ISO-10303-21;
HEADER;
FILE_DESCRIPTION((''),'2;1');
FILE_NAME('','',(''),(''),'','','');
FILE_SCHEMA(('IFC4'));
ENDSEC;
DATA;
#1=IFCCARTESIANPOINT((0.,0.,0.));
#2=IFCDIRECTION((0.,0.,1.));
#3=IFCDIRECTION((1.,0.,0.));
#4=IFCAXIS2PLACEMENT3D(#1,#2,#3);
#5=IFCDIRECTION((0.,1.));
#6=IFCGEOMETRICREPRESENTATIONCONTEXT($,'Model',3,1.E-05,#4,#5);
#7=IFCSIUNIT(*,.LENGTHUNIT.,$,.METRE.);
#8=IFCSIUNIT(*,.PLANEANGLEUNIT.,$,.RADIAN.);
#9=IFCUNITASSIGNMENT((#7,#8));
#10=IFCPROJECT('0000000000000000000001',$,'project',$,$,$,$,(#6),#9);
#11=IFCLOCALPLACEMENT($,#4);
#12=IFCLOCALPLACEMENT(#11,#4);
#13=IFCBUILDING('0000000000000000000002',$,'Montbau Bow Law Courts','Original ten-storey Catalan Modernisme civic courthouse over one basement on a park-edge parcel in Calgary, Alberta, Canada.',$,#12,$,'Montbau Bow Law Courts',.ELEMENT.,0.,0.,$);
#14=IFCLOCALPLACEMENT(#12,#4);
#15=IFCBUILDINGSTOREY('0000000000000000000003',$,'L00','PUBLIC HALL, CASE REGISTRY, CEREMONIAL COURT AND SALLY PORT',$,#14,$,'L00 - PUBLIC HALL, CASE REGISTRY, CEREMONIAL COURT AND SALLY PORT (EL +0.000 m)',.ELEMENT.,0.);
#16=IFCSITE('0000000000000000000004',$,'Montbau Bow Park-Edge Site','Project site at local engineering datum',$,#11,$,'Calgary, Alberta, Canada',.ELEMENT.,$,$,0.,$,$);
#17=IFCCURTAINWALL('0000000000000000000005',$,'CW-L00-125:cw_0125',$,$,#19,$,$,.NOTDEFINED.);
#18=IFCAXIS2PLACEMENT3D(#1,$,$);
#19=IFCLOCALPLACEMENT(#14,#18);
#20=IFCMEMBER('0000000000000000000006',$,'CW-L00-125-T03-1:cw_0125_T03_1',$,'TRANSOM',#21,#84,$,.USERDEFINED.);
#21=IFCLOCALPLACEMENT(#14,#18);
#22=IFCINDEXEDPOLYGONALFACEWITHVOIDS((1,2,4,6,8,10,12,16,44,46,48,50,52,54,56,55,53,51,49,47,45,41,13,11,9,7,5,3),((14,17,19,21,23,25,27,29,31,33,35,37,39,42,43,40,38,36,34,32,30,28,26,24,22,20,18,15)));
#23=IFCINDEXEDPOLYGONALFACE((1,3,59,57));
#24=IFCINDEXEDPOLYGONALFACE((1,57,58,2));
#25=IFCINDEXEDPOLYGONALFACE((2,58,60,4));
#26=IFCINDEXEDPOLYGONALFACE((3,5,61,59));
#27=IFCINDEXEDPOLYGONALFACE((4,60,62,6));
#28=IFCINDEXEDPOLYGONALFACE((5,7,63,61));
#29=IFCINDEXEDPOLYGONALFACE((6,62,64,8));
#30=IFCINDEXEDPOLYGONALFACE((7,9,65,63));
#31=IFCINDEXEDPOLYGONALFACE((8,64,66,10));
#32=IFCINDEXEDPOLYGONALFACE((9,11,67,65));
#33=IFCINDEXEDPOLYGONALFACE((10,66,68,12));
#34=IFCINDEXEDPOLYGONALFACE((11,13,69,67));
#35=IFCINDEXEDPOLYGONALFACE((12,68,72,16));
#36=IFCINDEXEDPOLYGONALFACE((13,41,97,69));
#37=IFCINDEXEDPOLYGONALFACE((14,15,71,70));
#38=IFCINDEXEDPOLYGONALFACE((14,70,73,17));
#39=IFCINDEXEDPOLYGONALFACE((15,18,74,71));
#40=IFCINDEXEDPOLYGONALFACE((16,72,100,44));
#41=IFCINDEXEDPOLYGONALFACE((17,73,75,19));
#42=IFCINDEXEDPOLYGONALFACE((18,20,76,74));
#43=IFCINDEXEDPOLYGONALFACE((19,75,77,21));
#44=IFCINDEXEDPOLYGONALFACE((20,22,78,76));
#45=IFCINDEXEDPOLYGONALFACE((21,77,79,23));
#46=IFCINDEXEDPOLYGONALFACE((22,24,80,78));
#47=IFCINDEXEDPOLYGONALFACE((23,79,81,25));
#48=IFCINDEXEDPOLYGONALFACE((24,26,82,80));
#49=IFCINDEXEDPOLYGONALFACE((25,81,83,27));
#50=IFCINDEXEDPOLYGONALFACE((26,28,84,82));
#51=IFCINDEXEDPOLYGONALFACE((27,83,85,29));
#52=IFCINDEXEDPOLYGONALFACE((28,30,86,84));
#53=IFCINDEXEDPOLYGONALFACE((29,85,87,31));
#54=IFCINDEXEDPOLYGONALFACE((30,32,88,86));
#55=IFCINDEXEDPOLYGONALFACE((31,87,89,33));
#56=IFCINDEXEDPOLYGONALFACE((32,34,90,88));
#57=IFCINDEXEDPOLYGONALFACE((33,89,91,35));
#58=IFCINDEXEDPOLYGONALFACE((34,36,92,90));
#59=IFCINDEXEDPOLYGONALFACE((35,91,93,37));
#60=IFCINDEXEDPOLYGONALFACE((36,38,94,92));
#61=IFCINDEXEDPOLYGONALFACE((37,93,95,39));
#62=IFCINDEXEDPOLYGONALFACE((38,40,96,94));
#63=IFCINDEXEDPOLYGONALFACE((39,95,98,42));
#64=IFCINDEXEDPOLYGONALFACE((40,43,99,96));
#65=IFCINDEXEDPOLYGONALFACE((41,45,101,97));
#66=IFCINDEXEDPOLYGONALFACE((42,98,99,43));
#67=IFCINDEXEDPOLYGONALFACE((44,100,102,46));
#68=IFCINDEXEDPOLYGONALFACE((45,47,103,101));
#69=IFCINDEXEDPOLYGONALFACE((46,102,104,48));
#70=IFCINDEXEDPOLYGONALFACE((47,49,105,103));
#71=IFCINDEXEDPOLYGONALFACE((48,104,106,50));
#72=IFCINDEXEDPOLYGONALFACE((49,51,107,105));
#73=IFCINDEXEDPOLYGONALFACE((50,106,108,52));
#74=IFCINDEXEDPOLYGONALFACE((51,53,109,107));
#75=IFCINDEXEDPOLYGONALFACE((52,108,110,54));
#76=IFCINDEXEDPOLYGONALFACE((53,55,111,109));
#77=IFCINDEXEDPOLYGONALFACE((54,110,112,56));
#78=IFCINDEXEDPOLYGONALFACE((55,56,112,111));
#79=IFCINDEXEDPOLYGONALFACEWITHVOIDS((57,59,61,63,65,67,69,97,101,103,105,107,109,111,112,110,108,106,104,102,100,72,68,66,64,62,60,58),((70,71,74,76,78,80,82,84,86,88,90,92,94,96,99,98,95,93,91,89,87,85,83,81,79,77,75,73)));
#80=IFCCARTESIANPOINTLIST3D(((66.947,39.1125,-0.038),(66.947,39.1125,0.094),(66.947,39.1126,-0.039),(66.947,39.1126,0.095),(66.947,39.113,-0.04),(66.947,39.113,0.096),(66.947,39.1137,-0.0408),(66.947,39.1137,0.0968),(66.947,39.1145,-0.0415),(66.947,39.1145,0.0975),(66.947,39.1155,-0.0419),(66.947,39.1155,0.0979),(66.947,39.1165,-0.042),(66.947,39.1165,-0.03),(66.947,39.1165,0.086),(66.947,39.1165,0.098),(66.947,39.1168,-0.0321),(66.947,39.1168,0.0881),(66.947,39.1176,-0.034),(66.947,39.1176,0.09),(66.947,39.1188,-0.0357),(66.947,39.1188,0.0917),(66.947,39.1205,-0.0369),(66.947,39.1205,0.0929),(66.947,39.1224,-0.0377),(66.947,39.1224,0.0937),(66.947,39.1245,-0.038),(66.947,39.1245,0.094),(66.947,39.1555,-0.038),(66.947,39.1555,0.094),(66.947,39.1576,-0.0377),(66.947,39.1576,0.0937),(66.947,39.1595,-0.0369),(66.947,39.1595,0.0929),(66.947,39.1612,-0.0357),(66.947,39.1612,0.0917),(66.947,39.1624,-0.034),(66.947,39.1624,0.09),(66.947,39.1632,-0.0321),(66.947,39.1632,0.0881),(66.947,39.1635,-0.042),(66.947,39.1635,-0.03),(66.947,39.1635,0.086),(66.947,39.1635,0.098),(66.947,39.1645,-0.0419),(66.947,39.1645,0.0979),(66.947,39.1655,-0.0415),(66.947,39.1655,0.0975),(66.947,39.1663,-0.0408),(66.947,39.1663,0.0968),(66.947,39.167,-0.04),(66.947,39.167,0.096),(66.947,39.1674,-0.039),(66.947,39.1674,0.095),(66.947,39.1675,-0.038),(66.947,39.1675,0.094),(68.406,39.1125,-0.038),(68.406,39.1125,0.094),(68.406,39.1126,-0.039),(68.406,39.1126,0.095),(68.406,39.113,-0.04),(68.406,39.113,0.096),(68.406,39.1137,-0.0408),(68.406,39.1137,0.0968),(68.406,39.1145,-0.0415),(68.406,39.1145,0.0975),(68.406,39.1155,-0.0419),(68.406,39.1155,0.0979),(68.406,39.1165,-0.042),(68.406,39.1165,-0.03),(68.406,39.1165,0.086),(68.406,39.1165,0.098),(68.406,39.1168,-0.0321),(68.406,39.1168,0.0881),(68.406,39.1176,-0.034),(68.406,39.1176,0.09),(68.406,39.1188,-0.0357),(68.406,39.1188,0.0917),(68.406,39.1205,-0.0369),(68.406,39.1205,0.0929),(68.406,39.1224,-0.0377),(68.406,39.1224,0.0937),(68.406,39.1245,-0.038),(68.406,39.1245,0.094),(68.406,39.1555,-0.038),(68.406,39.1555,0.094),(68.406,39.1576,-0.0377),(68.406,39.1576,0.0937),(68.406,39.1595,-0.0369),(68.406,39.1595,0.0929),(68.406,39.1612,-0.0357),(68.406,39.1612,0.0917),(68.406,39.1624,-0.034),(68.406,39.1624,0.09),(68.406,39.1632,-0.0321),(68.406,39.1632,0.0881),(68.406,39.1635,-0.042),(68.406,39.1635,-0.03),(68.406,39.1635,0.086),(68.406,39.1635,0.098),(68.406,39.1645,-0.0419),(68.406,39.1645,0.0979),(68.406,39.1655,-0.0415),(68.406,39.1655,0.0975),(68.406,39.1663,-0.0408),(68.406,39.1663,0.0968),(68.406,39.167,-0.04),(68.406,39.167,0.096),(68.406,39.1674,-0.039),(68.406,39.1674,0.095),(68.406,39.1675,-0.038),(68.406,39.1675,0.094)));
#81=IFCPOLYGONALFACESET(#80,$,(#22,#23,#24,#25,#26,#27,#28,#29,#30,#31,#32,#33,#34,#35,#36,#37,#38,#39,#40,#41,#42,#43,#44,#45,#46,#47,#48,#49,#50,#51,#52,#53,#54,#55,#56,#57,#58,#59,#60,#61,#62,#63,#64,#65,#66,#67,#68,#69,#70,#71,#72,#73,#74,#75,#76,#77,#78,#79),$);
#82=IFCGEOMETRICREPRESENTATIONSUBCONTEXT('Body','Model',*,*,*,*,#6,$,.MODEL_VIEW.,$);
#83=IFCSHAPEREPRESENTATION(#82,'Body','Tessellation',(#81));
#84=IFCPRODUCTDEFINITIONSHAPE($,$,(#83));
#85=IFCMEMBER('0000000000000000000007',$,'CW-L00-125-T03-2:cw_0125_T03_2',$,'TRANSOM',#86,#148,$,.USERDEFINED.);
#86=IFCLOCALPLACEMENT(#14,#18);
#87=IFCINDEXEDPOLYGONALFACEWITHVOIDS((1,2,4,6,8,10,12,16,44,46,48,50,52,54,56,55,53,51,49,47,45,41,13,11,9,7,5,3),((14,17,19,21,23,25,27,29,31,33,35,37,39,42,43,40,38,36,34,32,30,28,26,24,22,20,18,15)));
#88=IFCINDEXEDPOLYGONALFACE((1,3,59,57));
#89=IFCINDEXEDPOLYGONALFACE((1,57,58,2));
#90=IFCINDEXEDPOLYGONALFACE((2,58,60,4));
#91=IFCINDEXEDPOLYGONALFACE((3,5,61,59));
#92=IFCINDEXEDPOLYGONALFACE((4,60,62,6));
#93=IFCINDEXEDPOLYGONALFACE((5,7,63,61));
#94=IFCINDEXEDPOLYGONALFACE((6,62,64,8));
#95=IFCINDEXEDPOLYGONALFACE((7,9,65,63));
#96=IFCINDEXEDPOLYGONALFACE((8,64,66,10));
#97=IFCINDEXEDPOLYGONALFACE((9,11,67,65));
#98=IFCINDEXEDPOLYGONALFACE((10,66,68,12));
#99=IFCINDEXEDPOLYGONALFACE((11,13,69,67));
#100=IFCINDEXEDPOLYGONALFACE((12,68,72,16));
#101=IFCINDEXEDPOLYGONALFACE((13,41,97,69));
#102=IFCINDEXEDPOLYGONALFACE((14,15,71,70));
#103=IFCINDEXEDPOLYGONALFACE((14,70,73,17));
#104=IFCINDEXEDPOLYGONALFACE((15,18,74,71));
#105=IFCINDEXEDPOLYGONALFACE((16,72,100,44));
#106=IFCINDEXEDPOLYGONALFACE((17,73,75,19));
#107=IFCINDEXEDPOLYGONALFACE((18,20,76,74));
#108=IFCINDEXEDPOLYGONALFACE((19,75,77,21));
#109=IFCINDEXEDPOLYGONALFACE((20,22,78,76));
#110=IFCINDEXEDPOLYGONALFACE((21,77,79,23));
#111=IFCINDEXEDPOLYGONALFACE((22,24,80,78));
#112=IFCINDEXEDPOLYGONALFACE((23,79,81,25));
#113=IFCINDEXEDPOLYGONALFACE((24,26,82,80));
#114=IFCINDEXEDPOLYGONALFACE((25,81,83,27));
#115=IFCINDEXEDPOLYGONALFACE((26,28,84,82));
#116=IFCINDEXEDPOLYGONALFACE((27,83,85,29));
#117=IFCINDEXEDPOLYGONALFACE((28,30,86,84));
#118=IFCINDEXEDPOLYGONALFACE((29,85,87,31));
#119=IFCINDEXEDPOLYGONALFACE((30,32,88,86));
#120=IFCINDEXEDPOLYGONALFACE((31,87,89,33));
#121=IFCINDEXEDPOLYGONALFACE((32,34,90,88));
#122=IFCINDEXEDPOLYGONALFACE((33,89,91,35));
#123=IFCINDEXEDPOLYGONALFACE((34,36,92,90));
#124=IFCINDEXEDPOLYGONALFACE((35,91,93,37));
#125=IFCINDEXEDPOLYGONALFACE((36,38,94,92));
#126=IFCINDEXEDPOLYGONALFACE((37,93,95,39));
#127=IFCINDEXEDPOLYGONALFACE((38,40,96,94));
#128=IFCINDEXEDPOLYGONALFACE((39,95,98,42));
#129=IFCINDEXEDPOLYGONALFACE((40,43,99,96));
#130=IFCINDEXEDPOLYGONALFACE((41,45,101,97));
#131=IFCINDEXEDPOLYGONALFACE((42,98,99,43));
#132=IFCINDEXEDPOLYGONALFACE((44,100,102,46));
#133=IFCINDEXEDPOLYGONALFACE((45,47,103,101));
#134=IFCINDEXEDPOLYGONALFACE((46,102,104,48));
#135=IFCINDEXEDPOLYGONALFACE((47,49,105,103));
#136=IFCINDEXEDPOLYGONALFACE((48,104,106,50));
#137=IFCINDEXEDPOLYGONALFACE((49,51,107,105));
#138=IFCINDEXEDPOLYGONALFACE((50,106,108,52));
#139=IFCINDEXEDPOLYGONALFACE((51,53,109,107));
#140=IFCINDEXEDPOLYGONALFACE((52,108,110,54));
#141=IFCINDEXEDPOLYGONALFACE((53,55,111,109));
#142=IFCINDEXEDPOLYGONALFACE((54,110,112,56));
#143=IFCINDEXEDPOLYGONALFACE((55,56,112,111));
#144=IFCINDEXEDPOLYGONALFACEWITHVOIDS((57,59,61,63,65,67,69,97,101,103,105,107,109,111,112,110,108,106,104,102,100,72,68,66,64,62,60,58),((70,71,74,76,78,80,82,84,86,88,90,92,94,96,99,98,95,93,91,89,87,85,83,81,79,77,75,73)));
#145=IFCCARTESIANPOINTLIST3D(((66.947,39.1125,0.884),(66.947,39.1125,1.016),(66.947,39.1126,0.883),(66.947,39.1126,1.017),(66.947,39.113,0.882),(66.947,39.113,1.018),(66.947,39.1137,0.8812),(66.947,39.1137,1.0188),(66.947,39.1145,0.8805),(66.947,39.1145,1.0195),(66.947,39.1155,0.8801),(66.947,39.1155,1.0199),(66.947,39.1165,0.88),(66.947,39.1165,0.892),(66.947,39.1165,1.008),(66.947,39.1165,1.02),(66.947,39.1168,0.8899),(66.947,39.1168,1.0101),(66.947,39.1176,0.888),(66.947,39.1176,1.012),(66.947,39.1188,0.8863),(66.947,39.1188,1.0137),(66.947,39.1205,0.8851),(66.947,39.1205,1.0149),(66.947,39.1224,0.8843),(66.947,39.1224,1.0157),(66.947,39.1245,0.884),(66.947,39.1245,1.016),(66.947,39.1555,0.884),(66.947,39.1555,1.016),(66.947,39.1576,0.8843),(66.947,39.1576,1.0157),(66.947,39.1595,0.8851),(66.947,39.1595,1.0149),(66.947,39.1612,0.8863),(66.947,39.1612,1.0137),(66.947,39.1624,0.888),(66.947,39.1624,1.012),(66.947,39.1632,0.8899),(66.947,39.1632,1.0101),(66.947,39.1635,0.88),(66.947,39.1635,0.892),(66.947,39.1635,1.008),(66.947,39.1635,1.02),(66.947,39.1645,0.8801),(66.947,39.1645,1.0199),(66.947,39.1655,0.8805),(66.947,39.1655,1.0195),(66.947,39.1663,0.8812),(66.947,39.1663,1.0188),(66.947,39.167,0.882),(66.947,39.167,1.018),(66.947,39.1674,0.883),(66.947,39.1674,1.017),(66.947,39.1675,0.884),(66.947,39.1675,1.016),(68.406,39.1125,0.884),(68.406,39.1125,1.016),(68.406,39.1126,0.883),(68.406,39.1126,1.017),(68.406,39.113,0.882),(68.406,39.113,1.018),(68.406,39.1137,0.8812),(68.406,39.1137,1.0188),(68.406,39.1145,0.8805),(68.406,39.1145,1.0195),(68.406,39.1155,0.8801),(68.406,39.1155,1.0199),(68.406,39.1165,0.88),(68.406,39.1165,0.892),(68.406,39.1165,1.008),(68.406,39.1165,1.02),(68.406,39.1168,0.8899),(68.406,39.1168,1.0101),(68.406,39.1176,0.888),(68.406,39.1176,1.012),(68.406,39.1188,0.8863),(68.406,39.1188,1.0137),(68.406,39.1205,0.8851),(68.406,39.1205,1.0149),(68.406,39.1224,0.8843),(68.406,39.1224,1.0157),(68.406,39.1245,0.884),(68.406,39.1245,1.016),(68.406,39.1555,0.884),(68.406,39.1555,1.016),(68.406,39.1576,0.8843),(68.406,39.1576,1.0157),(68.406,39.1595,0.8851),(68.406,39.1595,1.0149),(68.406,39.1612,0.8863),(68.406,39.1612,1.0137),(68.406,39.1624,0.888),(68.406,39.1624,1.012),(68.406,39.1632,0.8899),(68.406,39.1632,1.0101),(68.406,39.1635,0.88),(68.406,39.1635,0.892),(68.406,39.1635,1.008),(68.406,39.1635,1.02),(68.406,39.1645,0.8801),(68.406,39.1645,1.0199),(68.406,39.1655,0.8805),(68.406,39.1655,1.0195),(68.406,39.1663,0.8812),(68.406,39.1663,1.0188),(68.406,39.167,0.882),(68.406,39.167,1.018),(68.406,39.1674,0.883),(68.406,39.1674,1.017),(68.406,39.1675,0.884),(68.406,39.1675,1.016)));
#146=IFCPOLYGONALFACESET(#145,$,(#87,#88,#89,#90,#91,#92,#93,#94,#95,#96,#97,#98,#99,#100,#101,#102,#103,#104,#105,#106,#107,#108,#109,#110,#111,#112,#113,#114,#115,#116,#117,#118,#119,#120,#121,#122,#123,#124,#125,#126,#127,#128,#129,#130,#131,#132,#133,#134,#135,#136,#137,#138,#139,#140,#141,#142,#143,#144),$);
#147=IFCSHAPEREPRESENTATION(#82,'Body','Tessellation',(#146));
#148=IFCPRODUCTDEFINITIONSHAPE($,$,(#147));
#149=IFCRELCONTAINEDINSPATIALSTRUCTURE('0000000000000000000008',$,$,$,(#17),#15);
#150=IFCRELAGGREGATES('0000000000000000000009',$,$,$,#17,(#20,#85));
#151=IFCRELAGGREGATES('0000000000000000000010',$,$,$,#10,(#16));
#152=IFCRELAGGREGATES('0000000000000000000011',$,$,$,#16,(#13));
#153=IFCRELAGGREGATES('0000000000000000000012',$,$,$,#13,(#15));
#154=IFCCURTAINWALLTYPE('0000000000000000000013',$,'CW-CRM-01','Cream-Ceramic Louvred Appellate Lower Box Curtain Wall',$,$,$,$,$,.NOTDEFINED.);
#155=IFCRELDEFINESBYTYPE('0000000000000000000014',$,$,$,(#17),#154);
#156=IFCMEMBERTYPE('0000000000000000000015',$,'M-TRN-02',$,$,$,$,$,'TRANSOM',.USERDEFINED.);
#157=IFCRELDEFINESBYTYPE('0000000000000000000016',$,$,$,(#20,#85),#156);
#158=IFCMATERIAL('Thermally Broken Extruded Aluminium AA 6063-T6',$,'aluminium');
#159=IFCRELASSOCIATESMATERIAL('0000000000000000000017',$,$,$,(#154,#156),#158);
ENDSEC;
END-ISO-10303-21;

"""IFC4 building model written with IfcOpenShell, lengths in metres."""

from ifc_helpers import new_model, si_unit, direction, frame, origin_with_axes, origin_2d_with_axis, place, context, subcontext, project, spatial, hollow_rectangle, extrude, material, material_profile, profile_set, type_object, element, aggregate, save


model = new_model("IFC4")

# Units and contexts
model_context = context("Model", 3, precision=1e-05, world=origin_with_axes(), true_north=direction((0.0, 1.0)))
body_context = subcontext(model_context, "Body", "Model", "MODEL_VIEW")
ifc_project = project(units=[si_unit("LENGTHUNIT", "METRE"), si_unit("PLANEANGLEUNIT", "RADIAN")], contexts=[model_context])

# Site, building, storey
site_placement = place(None, origin_with_axes())
site = spatial("IfcSite", under=ifc_project, at=site_placement, Name="Montbau Bow Park-Edge Site", Description="Project site at local engineering datum", LongName="Calgary, Alberta, Canada", CompositionType="ELEMENT", RefElevation=0.0)
building_placement = place(site_placement, origin_with_axes())
building = spatial("IfcBuilding", under=site, at=building_placement, Name="Montbau Bow Law Courts", Description="Original ten-storey Catalan Modernisme civic courthouse over one basement on a park-edge parcel in Calgary, Alberta, Canada.", LongName="Montbau Bow Law Courts", CompositionType="ELEMENT", ElevationOfRefHeight=0.0, ElevationOfTerrain=0.0)
storey_placement = place(building_placement, origin_with_axes())
storey = spatial("IfcBuildingStorey", under=building, at=storey_placement, Name="L00", Description="PUBLIC HALL, CASE REGISTRY, CEREMONIAL COURT AND SALLY PORT", LongName="L00 - PUBLIC HALL, CASE REGISTRY, CEREMONIAL COURT AND SALLY PORT (EL +0.000 m)", CompositionType="ELEMENT", Elevation=0.0)

# Shared definitions
ifc_material_1 = material(Name="Thermally Broken Extruded Aluminium AA 6063-T6", Category="aluminium")
curtain_wall_type = type_object("IfcCurtainWallType", Name="CW-CRM-01", Description="Cream-Ceramic Louvred Appellate Lower Box Curtain Wall", PredefinedType="NOTDEFINED", material=ifc_material_1)

# Curtain wall
curtain_wall_1_placement = place(None, frame((63.868, 39.14, 0.0), z_axis=(0.0, 0.0, 1.0), x_axis=(1.0, 0.0, 0.0)))
curtain_wall_1 = element("IfcCurtainWall", 1, at=curtain_wall_1_placement, inside=storey, type_object=curtain_wall_type, Name="CW-L00-125:cw_0125", PredefinedType="NOTDEFINED")

# Members
ifc_material_profile_1 = material_profile(ifc_material_1, hollow_rectangle(XDim=0.055, YDim=0.14, WallThickness=0.004, InnerFilletRadius=0.008, OuterFilletRadius=0.004, at=origin_2d_with_axis()), Name="CWT-140X55", Category="Main", Priority=0)
ifc_profile_set_1 = profile_set([ifc_material_profile_1], Name="Thermally Broken Extruded Aluminium AA 6063-T6")
member_type_1 = type_object("IfcMemberType", Name="M-TRN-02", ElementType="TRANSOM", PredefinedType="USERDEFINED", material=ifc_profile_set_1)
member_1_placement = place(None, frame((66.947, 39.14, 0.028), z_axis=(1.0, 0.0, 0.0), x_axis=(0.0, 1.0, 0.0)))
member_1 = element("IfcMember", 2, at=member_1_placement, type_object=member_type_1, Name="CW-L00-125-T03-1:cw_0125_T03_1", ObjectType="TRANSOM", PredefinedType="USERDEFINED", context=body_context, shape_type="SweptSolid", body=[
    extrude(hollow_rectangle(XDim=0.055, YDim=0.14, WallThickness=0.004, InnerFilletRadius=0.008, OuterFilletRadius=0.004, at=origin_2d_with_axis()), origin_with_axes(), (0.0, 0.0, 1.0), 1.459),
])
member_2_placement = place(None, frame((66.947, 39.14, 0.95), z_axis=(1.0, 0.0, 0.0), x_axis=(0.0, 1.0, 0.0)))
member_2 = element("IfcMember", 3, at=member_2_placement, type_object=member_type_1, Name="CW-L00-125-T03-2:cw_0125_T03_2", ObjectType="TRANSOM", PredefinedType="USERDEFINED", context=body_context, shape_type="SweptSolid", body=[
    extrude(hollow_rectangle(XDim=0.055, YDim=0.14, WallThickness=0.004, InnerFilletRadius=0.008, OuterFilletRadius=0.004, at=origin_2d_with_axis()), origin_with_axes(), (0.0, 0.0, 1.0), 1.459),
])

aggregate(curtain_wall_1, [member_1, member_2])

save(model, "model.ifc")
